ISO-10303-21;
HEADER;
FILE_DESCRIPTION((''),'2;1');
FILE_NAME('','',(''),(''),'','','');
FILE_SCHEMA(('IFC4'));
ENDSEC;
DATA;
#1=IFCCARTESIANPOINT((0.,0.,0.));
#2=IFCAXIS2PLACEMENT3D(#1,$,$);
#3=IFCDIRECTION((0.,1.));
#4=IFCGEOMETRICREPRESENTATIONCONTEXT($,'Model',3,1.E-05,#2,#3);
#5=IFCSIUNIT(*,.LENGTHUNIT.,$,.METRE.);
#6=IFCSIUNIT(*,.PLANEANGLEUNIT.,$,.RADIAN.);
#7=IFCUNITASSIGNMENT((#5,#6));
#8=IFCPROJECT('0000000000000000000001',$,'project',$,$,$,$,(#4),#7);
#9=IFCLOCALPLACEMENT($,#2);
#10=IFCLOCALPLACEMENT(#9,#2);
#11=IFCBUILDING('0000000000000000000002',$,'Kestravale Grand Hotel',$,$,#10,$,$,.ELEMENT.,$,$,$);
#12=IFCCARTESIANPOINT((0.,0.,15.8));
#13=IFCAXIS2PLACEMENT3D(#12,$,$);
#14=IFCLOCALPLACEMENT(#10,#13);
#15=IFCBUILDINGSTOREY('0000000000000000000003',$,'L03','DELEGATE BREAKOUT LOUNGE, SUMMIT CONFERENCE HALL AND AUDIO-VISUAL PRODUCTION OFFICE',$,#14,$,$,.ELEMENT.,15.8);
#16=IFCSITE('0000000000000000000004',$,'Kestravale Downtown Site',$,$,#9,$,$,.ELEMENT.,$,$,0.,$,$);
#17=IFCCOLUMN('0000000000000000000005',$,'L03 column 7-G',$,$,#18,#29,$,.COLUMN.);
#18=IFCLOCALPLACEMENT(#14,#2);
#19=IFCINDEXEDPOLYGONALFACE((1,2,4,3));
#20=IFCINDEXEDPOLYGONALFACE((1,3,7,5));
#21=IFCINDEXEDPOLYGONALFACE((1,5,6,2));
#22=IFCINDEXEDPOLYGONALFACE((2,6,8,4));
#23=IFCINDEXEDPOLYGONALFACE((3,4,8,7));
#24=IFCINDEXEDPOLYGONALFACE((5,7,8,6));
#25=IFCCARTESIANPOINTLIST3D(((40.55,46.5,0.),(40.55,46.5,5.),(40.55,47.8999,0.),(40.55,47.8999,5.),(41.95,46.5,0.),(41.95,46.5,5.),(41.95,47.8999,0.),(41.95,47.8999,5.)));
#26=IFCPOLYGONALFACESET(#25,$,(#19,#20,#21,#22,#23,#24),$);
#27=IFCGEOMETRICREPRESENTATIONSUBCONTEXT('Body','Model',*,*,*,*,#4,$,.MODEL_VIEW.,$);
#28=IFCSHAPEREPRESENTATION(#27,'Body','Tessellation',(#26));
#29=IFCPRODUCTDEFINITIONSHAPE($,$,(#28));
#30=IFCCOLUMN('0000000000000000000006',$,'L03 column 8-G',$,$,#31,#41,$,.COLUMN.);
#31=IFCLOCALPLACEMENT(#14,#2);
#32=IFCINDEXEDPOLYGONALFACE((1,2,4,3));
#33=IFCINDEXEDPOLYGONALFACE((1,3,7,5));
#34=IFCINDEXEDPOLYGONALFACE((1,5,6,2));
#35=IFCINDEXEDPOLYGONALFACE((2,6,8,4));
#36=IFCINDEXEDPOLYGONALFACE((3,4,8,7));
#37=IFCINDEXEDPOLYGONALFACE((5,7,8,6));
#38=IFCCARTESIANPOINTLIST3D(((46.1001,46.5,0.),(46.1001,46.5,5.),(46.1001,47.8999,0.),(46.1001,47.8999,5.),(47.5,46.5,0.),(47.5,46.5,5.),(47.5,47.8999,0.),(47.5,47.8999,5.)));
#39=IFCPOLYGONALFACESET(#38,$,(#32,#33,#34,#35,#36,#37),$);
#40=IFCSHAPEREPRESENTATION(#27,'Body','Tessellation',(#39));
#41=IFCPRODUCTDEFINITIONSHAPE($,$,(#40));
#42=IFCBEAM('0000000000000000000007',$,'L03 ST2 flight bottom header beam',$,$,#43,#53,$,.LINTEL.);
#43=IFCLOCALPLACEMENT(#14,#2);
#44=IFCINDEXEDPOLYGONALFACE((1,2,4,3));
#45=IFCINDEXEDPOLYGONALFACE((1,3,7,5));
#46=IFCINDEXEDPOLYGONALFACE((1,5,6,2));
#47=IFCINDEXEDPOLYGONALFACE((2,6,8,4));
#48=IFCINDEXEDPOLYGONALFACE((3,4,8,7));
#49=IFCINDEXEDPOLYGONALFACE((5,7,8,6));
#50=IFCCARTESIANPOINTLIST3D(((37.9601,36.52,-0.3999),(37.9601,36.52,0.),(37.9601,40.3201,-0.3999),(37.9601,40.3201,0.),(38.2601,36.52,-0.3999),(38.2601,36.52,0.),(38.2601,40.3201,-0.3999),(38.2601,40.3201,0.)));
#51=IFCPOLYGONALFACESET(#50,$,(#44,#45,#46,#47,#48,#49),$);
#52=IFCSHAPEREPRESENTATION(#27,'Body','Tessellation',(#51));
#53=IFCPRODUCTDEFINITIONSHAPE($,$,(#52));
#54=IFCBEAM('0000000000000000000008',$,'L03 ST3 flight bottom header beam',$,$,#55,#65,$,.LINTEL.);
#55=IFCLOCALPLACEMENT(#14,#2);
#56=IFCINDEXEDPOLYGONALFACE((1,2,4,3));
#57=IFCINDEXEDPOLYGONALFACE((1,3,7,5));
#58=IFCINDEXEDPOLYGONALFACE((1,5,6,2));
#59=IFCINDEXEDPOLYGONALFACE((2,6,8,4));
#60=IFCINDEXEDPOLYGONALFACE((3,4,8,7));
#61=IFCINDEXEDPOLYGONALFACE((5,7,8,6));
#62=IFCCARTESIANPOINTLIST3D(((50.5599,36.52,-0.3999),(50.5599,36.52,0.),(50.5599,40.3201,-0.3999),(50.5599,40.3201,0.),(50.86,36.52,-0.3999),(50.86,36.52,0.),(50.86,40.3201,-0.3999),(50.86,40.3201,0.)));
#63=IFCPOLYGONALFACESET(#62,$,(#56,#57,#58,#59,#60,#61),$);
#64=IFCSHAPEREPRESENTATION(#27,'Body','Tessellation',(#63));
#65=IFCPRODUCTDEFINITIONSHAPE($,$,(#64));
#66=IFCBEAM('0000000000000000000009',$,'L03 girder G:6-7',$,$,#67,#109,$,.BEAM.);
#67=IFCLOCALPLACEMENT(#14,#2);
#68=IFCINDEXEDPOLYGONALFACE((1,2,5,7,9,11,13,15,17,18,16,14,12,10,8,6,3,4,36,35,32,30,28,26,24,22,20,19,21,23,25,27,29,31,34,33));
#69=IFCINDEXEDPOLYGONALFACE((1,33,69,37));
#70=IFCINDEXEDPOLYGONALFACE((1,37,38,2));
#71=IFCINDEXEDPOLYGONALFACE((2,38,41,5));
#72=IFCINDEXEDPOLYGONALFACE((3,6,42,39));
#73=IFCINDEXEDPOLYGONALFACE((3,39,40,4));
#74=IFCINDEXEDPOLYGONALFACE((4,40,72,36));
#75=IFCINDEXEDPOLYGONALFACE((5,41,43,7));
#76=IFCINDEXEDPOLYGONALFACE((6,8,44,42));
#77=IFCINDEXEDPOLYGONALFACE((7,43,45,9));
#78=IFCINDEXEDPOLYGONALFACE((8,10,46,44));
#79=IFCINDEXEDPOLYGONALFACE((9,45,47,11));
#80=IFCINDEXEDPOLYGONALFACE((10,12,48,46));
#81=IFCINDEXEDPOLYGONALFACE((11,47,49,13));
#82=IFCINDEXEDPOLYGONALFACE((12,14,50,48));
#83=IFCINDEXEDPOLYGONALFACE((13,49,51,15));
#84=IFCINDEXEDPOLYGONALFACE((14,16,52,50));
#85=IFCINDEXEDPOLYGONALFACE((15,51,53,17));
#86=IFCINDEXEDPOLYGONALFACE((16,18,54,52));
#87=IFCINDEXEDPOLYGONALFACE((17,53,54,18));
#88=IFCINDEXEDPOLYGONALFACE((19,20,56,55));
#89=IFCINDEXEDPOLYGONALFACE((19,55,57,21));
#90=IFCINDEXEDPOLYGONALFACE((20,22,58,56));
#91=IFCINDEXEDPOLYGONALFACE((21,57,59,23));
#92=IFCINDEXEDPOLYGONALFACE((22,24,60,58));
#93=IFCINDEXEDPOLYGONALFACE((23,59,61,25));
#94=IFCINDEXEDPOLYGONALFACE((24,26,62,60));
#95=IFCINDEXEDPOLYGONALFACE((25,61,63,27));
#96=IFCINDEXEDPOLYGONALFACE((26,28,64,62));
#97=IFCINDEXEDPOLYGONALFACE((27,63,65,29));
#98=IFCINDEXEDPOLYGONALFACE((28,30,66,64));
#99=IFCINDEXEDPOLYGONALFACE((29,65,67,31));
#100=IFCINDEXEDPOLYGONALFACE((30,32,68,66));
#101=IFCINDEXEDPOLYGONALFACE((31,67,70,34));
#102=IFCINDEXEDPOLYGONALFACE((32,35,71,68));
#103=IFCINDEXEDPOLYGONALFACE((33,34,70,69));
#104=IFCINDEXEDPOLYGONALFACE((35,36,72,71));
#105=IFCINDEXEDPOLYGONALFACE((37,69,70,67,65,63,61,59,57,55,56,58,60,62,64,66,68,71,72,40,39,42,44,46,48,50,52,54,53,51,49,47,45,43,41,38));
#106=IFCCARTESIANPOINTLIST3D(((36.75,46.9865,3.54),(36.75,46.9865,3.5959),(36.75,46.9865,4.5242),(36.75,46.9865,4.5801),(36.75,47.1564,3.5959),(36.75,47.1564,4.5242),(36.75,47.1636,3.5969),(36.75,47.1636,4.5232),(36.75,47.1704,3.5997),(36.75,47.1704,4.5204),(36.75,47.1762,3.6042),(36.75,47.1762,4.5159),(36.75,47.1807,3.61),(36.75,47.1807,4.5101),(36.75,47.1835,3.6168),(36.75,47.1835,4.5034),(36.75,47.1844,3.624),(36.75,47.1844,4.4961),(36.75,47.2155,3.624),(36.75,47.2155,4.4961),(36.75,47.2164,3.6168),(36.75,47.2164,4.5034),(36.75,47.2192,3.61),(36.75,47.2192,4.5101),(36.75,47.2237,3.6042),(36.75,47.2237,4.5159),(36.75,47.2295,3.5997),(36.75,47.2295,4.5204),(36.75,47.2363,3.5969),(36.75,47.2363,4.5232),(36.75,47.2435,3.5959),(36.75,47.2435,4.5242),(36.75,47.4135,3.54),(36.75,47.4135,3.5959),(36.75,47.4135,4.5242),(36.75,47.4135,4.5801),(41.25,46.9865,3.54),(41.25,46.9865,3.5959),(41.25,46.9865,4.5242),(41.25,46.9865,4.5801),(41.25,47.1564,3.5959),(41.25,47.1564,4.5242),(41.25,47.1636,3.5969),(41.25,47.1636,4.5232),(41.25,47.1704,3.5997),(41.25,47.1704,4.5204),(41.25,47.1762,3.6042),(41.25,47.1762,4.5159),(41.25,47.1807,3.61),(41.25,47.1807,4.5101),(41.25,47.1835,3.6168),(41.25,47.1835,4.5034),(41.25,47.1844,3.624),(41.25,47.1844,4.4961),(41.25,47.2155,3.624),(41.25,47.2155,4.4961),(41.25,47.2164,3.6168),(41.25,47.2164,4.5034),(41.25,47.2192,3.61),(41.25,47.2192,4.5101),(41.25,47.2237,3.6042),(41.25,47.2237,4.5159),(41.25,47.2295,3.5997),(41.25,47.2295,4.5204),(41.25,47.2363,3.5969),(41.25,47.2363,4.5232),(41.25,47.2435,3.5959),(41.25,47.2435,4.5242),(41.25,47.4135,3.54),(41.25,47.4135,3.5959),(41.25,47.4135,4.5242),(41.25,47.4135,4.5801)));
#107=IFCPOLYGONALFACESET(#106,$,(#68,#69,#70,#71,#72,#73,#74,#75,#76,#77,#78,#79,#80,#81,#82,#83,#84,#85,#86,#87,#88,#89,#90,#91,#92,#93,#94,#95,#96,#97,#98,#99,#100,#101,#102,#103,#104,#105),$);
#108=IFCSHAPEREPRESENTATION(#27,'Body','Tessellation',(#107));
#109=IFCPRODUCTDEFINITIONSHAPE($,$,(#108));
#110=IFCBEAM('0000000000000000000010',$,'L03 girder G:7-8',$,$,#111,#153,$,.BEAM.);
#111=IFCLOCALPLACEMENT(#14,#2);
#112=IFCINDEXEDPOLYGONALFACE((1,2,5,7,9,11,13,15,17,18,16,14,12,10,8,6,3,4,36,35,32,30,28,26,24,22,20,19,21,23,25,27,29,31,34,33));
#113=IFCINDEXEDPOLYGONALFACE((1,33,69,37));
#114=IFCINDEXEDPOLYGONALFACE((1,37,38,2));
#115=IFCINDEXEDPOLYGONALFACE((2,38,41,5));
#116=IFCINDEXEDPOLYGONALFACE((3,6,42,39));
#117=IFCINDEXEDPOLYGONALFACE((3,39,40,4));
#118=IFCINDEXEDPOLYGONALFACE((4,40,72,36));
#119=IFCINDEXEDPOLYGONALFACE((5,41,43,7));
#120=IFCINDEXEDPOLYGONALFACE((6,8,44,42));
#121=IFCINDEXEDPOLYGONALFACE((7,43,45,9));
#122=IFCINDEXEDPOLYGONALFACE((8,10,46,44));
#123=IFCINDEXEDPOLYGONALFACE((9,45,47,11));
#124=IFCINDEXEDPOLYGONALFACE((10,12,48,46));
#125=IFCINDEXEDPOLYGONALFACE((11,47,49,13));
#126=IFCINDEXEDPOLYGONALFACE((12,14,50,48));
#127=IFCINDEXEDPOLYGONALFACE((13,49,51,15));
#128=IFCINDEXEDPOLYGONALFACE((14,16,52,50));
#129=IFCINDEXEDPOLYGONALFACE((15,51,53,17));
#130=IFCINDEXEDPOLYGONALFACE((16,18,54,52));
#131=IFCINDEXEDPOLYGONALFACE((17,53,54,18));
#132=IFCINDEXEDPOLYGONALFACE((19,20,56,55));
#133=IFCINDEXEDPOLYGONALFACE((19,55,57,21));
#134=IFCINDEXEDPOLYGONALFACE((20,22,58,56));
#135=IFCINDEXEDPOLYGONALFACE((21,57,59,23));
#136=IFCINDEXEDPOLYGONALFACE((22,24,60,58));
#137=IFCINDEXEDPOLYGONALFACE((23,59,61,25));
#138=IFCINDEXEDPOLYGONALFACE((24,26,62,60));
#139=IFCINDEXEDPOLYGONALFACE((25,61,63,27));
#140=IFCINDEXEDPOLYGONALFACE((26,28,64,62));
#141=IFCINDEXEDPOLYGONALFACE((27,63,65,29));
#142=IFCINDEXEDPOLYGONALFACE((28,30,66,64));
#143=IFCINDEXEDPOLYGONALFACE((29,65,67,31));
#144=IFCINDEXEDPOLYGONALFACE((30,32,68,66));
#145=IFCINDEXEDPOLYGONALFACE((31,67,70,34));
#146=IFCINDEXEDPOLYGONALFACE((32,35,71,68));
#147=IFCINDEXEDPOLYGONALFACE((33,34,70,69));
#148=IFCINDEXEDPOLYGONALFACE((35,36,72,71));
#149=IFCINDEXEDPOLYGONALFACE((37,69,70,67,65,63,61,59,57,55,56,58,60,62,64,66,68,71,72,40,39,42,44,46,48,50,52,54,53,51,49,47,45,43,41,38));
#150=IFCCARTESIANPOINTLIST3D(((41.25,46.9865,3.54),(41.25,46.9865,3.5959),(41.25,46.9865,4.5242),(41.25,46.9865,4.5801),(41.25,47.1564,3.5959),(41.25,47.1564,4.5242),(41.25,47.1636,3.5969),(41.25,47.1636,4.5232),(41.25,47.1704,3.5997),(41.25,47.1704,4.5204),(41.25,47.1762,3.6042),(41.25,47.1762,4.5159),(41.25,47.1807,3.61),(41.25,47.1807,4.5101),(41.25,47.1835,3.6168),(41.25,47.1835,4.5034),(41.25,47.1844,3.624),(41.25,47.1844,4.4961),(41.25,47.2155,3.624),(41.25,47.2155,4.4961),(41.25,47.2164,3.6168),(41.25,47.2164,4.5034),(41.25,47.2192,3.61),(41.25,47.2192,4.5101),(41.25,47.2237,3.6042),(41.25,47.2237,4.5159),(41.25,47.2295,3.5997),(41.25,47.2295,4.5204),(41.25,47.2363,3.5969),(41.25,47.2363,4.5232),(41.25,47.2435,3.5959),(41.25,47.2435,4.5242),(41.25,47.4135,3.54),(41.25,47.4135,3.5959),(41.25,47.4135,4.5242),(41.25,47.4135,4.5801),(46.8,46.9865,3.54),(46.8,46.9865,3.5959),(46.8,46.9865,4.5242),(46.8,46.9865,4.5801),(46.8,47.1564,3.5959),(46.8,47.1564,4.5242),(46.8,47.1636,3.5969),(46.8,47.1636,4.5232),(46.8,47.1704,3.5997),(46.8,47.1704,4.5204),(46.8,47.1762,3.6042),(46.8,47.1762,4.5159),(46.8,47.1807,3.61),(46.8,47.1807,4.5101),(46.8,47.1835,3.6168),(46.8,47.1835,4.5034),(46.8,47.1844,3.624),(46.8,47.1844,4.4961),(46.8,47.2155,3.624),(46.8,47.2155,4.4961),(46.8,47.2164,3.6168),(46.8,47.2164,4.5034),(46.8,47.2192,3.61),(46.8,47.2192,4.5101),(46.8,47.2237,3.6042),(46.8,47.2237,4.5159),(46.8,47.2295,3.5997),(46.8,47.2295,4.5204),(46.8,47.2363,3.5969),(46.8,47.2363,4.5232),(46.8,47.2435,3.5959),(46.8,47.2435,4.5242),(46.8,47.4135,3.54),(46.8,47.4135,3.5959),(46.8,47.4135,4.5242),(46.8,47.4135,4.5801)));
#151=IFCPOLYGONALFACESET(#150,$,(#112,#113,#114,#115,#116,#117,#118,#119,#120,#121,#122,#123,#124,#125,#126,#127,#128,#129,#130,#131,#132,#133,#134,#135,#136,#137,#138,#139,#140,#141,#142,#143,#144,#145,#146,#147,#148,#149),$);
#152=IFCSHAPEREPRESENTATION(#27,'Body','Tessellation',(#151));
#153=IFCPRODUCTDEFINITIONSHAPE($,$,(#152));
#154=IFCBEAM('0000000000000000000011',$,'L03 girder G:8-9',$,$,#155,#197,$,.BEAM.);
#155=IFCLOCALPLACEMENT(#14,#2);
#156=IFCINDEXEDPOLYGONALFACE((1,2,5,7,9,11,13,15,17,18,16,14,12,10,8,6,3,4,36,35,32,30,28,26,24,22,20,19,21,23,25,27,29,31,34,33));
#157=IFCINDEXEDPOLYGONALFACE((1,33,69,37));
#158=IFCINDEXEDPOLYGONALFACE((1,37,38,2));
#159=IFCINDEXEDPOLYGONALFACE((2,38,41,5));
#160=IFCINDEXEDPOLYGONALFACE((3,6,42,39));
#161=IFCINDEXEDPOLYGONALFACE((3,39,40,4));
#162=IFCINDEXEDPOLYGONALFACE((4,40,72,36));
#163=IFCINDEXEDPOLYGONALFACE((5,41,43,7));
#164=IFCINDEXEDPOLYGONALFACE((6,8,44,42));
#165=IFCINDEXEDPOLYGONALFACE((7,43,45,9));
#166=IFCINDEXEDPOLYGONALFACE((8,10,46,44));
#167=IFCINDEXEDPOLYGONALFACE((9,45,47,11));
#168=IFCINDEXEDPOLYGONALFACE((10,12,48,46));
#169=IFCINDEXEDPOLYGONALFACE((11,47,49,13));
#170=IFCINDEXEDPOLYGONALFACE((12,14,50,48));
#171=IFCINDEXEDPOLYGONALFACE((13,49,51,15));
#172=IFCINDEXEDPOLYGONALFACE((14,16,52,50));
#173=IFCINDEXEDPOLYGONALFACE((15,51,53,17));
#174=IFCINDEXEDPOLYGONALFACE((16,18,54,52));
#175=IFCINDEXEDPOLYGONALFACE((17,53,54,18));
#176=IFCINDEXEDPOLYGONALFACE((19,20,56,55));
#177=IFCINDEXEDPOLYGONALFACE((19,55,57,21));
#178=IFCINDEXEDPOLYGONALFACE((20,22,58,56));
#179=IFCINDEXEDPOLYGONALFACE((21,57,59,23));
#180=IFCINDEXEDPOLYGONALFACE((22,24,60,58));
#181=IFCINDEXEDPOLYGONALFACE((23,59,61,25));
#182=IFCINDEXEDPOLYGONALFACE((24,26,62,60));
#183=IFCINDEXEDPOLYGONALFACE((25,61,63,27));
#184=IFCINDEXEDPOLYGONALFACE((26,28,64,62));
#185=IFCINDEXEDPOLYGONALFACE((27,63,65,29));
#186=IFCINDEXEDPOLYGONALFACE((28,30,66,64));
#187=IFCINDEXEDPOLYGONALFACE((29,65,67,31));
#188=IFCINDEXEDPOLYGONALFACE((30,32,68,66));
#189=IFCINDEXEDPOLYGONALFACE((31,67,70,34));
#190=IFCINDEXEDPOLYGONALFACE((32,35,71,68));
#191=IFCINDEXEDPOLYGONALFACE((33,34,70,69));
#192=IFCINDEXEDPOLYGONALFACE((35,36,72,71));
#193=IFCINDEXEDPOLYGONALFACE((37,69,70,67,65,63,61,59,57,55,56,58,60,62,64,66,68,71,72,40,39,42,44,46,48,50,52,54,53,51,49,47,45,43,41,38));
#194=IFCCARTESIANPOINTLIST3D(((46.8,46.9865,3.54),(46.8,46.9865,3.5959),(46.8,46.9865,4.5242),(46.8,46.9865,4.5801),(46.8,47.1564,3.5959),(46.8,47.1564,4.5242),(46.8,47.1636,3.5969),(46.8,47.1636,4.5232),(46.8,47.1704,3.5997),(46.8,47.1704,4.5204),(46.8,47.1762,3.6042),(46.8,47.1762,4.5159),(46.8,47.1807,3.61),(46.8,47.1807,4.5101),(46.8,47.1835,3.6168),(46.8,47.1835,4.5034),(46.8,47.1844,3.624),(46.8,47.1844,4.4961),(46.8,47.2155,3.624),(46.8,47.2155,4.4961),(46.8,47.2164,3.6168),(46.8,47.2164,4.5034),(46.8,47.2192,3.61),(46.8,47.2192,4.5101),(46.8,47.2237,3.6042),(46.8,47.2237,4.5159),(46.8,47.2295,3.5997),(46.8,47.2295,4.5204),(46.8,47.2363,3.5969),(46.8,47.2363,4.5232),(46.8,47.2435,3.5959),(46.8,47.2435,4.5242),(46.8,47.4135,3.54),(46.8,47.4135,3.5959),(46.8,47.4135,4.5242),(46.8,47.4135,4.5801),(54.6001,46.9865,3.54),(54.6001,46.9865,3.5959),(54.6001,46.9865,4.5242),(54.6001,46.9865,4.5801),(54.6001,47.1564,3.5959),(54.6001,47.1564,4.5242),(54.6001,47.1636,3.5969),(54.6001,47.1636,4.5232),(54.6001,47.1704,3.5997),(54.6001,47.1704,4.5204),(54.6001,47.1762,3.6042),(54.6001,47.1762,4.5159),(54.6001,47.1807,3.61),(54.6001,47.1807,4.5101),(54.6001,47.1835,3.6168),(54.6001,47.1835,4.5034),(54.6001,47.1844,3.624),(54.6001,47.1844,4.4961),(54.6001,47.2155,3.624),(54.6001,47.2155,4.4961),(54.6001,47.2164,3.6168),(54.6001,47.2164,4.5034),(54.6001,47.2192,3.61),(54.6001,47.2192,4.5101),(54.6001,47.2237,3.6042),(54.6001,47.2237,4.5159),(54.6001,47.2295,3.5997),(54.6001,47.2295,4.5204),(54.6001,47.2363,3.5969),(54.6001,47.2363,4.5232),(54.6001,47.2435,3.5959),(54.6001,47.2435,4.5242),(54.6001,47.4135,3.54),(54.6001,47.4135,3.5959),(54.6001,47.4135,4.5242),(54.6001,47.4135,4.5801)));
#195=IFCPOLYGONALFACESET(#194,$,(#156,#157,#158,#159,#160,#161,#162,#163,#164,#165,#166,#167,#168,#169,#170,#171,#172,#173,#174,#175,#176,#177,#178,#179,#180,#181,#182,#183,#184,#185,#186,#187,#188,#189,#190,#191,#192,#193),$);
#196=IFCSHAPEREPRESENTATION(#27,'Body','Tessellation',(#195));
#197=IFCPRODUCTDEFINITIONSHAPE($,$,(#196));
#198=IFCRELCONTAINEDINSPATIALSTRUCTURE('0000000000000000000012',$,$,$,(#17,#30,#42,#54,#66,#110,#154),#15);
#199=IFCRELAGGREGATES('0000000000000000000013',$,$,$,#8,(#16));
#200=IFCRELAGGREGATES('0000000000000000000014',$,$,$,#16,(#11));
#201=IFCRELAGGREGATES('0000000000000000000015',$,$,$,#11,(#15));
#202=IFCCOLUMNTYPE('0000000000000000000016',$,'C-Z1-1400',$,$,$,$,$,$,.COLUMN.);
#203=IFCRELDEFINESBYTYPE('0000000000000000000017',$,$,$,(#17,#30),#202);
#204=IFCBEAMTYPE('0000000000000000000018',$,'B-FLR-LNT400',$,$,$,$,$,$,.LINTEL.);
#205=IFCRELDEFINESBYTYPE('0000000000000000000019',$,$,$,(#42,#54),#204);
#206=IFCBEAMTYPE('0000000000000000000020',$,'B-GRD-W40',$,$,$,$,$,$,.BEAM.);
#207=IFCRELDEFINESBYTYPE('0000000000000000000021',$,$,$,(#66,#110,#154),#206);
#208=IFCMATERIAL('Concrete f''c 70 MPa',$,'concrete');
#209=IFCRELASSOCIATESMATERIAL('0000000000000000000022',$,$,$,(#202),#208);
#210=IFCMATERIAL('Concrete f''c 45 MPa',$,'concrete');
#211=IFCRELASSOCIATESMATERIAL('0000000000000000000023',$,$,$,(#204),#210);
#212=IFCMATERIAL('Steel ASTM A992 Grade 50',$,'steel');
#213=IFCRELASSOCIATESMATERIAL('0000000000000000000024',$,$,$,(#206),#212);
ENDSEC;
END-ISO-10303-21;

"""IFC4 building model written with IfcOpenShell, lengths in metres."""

from ifc_helpers import new_model, si_unit, direction, frame, origin, origin_2d, place, context, subcontext, project, spatial, rectangle, i_section, extrude, material, material_profile, profile_set, type_object, element, save


model = new_model("IFC4")

# Units and contexts
model_context = context("Model", 3, precision=1e-05, world=origin(), true_north=direction((0.0, 1.0)))
body_context = subcontext(model_context, "Body", "Model", "MODEL_VIEW")
ifc_project = project(units=[si_unit("LENGTHUNIT", "METRE"), si_unit("PLANEANGLEUNIT", "RADIAN")], contexts=[model_context])

# Site, building, storey
site_placement = place(None, origin())
site = spatial("IfcSite", under=ifc_project, at=site_placement, Name="Kestravale Downtown Site", CompositionType="ELEMENT", RefElevation=0.0)
building_placement = place(site_placement, origin())
building = spatial("IfcBuilding", under=site, at=building_placement, Name="Kestravale Grand Hotel", CompositionType="ELEMENT")
storey_placement = place(building_placement, frame((0.0, 0.0, 15.8)))
storey = spatial("IfcBuildingStorey", under=building, at=storey_placement, Name="L03", Description="DELEGATE BREAKOUT LOUNGE, SUMMIT CONFERENCE HALL AND AUDIO-VISUAL PRODUCTION OFFICE", CompositionType="ELEMENT", Elevation=15.8)

# Columns
ifc_material_1 = material(Name="Concrete f'c 70 MPa", Category="concrete")
ifc_material_profile_1 = material_profile(ifc_material_1, rectangle(XDim=1.3999, YDim=1.3999, at=origin_2d()))
ifc_profile_set_1 = profile_set([ifc_material_profile_1], Name="Concrete f'c 70 MPa")
column_type = type_object("IfcColumnType", Name="C-Z1-1400", PredefinedType="COLUMN", material=ifc_profile_set_1)
for number, where, z_axis, x_axis, name in (
    (1, (41.25, 47.2, 0.0), (0.0, 0.0, 1.0), (1.0, 0.0, 0.0), "L03 column 7-G"),
    (2, (46.8, 47.2, 0.0), (0.0, 0.0, 1.0), (1.0, 0.0, 0.0), "L03 column 8-G"),
):
    element("IfcColumn", number, at=place(storey_placement, frame(where, z_axis=z_axis, x_axis=x_axis)), inside=storey, type_object=column_type, Name=name, PredefinedType="COLUMN", context=body_context, shape_type="SweptSolid", body=[
        extrude(rectangle(XDim=1.3999, YDim=1.3999, at=origin_2d()), origin(), (0.0, 0.0, 1.0), 5.0),
    ])

# Beams
ifc_material_2 = material(Name="Concrete f'c 45 MPa", Category="concrete")
ifc_material_profile_2 = material_profile(ifc_material_2, rectangle(XDim=0.3, YDim=0.3999, at=origin_2d()))
ifc_profile_set_2 = profile_set([ifc_material_profile_2], Name="Concrete f'c 45 MPa")
beam_type_1 = type_object("IfcBeamType", Name="B-FLR-LNT400", PredefinedType="LINTEL", material=ifc_profile_set_2)
for number, where, z_axis, x_axis, name in (
    (3, (38.1101, 36.52, -0.2), (0.0, 1.0, 0.0), (-1.0, 0.0, 0.0), "L03 ST2 flight bottom header beam"),
    (4, (50.71, 36.52, -0.2), (0.0, 1.0, 0.0), (-1.0, 0.0, 0.0), "L03 ST3 flight bottom header beam"),
):
    element("IfcBeam", number, at=place(storey_placement, frame(where, z_axis=z_axis, x_axis=x_axis)), inside=storey, type_object=beam_type_1, Name=name, PredefinedType="LINTEL", context=body_context, shape_type="SweptSolid", body=[
        extrude(rectangle(XDim=0.3, YDim=0.3999, at=origin_2d()), origin(), (0.0, 0.0, 1.0), 3.8),
    ])
ifc_material_3 = material(Name="Steel ASTM A992 Grade 50", Category="steel")
ifc_material_profile_3 = material_profile(ifc_material_3, i_section(OverallWidth=0.427, OverallDepth=1.04, WebThickness=0.031, FlangeThickness=0.0559, FilletRadius=0.0281, at=origin_2d()))
ifc_profile_set_3 = profile_set([ifc_material_profile_3], Name="Steel ASTM A992 Grade 50")
beam_type_2 = type_object("IfcBeamType", Name="B-GRD-W40", PredefinedType="BEAM", material=ifc_profile_set_3)
beam_1_placement = place(storey_placement, frame((36.75, 47.2, 4.0601), z_axis=(1.0, 0.0, 0.0), x_axis=(0.0, 1.0, 0.0)))
element("IfcBeam", 5, at=beam_1_placement, inside=storey, type_object=beam_type_2, Name="L03 girder G:6-7", PredefinedType="BEAM", context=body_context, shape_type="SweptSolid", body=[
    extrude(i_section(OverallWidth=0.427, OverallDepth=1.04, WebThickness=0.031, FlangeThickness=0.0559, FilletRadius=0.0281, at=origin_2d()), origin(), (0.0, 0.0, 1.0), 4.5),
])
beam_2_placement = place(storey_placement, frame((41.25, 47.2, 4.0601), z_axis=(1.0, 0.0, 0.0), x_axis=(0.0, 1.0, 0.0)))
element("IfcBeam", 6, at=beam_2_placement, inside=storey, type_object=beam_type_2, Name="L03 girder G:7-8", PredefinedType="BEAM", context=body_context, shape_type="SweptSolid", body=[
    extrude(i_section(OverallWidth=0.427, OverallDepth=1.04, WebThickness=0.031, FlangeThickness=0.0559, FilletRadius=0.0281, at=origin_2d()), origin(), (0.0, 0.0, 1.0), 5.55),
])
beam_3_placement = place(storey_placement, frame((46.8, 47.2, 4.0601), z_axis=(1.0, 0.0, 0.0), x_axis=(0.0, 1.0, 0.0)))
element("IfcBeam", 7, at=beam_3_placement, inside=storey, type_object=beam_type_2, Name="L03 girder G:8-9", PredefinedType="BEAM", context=body_context, shape_type="SweptSolid", body=[
    extrude(i_section(OverallWidth=0.427, OverallDepth=1.04, WebThickness=0.031, FlangeThickness=0.0559, FilletRadius=0.0281, at=origin_2d()), origin(), (0.0, 0.0, 1.0), 7.8),
])

save(model, "model.ifc")
